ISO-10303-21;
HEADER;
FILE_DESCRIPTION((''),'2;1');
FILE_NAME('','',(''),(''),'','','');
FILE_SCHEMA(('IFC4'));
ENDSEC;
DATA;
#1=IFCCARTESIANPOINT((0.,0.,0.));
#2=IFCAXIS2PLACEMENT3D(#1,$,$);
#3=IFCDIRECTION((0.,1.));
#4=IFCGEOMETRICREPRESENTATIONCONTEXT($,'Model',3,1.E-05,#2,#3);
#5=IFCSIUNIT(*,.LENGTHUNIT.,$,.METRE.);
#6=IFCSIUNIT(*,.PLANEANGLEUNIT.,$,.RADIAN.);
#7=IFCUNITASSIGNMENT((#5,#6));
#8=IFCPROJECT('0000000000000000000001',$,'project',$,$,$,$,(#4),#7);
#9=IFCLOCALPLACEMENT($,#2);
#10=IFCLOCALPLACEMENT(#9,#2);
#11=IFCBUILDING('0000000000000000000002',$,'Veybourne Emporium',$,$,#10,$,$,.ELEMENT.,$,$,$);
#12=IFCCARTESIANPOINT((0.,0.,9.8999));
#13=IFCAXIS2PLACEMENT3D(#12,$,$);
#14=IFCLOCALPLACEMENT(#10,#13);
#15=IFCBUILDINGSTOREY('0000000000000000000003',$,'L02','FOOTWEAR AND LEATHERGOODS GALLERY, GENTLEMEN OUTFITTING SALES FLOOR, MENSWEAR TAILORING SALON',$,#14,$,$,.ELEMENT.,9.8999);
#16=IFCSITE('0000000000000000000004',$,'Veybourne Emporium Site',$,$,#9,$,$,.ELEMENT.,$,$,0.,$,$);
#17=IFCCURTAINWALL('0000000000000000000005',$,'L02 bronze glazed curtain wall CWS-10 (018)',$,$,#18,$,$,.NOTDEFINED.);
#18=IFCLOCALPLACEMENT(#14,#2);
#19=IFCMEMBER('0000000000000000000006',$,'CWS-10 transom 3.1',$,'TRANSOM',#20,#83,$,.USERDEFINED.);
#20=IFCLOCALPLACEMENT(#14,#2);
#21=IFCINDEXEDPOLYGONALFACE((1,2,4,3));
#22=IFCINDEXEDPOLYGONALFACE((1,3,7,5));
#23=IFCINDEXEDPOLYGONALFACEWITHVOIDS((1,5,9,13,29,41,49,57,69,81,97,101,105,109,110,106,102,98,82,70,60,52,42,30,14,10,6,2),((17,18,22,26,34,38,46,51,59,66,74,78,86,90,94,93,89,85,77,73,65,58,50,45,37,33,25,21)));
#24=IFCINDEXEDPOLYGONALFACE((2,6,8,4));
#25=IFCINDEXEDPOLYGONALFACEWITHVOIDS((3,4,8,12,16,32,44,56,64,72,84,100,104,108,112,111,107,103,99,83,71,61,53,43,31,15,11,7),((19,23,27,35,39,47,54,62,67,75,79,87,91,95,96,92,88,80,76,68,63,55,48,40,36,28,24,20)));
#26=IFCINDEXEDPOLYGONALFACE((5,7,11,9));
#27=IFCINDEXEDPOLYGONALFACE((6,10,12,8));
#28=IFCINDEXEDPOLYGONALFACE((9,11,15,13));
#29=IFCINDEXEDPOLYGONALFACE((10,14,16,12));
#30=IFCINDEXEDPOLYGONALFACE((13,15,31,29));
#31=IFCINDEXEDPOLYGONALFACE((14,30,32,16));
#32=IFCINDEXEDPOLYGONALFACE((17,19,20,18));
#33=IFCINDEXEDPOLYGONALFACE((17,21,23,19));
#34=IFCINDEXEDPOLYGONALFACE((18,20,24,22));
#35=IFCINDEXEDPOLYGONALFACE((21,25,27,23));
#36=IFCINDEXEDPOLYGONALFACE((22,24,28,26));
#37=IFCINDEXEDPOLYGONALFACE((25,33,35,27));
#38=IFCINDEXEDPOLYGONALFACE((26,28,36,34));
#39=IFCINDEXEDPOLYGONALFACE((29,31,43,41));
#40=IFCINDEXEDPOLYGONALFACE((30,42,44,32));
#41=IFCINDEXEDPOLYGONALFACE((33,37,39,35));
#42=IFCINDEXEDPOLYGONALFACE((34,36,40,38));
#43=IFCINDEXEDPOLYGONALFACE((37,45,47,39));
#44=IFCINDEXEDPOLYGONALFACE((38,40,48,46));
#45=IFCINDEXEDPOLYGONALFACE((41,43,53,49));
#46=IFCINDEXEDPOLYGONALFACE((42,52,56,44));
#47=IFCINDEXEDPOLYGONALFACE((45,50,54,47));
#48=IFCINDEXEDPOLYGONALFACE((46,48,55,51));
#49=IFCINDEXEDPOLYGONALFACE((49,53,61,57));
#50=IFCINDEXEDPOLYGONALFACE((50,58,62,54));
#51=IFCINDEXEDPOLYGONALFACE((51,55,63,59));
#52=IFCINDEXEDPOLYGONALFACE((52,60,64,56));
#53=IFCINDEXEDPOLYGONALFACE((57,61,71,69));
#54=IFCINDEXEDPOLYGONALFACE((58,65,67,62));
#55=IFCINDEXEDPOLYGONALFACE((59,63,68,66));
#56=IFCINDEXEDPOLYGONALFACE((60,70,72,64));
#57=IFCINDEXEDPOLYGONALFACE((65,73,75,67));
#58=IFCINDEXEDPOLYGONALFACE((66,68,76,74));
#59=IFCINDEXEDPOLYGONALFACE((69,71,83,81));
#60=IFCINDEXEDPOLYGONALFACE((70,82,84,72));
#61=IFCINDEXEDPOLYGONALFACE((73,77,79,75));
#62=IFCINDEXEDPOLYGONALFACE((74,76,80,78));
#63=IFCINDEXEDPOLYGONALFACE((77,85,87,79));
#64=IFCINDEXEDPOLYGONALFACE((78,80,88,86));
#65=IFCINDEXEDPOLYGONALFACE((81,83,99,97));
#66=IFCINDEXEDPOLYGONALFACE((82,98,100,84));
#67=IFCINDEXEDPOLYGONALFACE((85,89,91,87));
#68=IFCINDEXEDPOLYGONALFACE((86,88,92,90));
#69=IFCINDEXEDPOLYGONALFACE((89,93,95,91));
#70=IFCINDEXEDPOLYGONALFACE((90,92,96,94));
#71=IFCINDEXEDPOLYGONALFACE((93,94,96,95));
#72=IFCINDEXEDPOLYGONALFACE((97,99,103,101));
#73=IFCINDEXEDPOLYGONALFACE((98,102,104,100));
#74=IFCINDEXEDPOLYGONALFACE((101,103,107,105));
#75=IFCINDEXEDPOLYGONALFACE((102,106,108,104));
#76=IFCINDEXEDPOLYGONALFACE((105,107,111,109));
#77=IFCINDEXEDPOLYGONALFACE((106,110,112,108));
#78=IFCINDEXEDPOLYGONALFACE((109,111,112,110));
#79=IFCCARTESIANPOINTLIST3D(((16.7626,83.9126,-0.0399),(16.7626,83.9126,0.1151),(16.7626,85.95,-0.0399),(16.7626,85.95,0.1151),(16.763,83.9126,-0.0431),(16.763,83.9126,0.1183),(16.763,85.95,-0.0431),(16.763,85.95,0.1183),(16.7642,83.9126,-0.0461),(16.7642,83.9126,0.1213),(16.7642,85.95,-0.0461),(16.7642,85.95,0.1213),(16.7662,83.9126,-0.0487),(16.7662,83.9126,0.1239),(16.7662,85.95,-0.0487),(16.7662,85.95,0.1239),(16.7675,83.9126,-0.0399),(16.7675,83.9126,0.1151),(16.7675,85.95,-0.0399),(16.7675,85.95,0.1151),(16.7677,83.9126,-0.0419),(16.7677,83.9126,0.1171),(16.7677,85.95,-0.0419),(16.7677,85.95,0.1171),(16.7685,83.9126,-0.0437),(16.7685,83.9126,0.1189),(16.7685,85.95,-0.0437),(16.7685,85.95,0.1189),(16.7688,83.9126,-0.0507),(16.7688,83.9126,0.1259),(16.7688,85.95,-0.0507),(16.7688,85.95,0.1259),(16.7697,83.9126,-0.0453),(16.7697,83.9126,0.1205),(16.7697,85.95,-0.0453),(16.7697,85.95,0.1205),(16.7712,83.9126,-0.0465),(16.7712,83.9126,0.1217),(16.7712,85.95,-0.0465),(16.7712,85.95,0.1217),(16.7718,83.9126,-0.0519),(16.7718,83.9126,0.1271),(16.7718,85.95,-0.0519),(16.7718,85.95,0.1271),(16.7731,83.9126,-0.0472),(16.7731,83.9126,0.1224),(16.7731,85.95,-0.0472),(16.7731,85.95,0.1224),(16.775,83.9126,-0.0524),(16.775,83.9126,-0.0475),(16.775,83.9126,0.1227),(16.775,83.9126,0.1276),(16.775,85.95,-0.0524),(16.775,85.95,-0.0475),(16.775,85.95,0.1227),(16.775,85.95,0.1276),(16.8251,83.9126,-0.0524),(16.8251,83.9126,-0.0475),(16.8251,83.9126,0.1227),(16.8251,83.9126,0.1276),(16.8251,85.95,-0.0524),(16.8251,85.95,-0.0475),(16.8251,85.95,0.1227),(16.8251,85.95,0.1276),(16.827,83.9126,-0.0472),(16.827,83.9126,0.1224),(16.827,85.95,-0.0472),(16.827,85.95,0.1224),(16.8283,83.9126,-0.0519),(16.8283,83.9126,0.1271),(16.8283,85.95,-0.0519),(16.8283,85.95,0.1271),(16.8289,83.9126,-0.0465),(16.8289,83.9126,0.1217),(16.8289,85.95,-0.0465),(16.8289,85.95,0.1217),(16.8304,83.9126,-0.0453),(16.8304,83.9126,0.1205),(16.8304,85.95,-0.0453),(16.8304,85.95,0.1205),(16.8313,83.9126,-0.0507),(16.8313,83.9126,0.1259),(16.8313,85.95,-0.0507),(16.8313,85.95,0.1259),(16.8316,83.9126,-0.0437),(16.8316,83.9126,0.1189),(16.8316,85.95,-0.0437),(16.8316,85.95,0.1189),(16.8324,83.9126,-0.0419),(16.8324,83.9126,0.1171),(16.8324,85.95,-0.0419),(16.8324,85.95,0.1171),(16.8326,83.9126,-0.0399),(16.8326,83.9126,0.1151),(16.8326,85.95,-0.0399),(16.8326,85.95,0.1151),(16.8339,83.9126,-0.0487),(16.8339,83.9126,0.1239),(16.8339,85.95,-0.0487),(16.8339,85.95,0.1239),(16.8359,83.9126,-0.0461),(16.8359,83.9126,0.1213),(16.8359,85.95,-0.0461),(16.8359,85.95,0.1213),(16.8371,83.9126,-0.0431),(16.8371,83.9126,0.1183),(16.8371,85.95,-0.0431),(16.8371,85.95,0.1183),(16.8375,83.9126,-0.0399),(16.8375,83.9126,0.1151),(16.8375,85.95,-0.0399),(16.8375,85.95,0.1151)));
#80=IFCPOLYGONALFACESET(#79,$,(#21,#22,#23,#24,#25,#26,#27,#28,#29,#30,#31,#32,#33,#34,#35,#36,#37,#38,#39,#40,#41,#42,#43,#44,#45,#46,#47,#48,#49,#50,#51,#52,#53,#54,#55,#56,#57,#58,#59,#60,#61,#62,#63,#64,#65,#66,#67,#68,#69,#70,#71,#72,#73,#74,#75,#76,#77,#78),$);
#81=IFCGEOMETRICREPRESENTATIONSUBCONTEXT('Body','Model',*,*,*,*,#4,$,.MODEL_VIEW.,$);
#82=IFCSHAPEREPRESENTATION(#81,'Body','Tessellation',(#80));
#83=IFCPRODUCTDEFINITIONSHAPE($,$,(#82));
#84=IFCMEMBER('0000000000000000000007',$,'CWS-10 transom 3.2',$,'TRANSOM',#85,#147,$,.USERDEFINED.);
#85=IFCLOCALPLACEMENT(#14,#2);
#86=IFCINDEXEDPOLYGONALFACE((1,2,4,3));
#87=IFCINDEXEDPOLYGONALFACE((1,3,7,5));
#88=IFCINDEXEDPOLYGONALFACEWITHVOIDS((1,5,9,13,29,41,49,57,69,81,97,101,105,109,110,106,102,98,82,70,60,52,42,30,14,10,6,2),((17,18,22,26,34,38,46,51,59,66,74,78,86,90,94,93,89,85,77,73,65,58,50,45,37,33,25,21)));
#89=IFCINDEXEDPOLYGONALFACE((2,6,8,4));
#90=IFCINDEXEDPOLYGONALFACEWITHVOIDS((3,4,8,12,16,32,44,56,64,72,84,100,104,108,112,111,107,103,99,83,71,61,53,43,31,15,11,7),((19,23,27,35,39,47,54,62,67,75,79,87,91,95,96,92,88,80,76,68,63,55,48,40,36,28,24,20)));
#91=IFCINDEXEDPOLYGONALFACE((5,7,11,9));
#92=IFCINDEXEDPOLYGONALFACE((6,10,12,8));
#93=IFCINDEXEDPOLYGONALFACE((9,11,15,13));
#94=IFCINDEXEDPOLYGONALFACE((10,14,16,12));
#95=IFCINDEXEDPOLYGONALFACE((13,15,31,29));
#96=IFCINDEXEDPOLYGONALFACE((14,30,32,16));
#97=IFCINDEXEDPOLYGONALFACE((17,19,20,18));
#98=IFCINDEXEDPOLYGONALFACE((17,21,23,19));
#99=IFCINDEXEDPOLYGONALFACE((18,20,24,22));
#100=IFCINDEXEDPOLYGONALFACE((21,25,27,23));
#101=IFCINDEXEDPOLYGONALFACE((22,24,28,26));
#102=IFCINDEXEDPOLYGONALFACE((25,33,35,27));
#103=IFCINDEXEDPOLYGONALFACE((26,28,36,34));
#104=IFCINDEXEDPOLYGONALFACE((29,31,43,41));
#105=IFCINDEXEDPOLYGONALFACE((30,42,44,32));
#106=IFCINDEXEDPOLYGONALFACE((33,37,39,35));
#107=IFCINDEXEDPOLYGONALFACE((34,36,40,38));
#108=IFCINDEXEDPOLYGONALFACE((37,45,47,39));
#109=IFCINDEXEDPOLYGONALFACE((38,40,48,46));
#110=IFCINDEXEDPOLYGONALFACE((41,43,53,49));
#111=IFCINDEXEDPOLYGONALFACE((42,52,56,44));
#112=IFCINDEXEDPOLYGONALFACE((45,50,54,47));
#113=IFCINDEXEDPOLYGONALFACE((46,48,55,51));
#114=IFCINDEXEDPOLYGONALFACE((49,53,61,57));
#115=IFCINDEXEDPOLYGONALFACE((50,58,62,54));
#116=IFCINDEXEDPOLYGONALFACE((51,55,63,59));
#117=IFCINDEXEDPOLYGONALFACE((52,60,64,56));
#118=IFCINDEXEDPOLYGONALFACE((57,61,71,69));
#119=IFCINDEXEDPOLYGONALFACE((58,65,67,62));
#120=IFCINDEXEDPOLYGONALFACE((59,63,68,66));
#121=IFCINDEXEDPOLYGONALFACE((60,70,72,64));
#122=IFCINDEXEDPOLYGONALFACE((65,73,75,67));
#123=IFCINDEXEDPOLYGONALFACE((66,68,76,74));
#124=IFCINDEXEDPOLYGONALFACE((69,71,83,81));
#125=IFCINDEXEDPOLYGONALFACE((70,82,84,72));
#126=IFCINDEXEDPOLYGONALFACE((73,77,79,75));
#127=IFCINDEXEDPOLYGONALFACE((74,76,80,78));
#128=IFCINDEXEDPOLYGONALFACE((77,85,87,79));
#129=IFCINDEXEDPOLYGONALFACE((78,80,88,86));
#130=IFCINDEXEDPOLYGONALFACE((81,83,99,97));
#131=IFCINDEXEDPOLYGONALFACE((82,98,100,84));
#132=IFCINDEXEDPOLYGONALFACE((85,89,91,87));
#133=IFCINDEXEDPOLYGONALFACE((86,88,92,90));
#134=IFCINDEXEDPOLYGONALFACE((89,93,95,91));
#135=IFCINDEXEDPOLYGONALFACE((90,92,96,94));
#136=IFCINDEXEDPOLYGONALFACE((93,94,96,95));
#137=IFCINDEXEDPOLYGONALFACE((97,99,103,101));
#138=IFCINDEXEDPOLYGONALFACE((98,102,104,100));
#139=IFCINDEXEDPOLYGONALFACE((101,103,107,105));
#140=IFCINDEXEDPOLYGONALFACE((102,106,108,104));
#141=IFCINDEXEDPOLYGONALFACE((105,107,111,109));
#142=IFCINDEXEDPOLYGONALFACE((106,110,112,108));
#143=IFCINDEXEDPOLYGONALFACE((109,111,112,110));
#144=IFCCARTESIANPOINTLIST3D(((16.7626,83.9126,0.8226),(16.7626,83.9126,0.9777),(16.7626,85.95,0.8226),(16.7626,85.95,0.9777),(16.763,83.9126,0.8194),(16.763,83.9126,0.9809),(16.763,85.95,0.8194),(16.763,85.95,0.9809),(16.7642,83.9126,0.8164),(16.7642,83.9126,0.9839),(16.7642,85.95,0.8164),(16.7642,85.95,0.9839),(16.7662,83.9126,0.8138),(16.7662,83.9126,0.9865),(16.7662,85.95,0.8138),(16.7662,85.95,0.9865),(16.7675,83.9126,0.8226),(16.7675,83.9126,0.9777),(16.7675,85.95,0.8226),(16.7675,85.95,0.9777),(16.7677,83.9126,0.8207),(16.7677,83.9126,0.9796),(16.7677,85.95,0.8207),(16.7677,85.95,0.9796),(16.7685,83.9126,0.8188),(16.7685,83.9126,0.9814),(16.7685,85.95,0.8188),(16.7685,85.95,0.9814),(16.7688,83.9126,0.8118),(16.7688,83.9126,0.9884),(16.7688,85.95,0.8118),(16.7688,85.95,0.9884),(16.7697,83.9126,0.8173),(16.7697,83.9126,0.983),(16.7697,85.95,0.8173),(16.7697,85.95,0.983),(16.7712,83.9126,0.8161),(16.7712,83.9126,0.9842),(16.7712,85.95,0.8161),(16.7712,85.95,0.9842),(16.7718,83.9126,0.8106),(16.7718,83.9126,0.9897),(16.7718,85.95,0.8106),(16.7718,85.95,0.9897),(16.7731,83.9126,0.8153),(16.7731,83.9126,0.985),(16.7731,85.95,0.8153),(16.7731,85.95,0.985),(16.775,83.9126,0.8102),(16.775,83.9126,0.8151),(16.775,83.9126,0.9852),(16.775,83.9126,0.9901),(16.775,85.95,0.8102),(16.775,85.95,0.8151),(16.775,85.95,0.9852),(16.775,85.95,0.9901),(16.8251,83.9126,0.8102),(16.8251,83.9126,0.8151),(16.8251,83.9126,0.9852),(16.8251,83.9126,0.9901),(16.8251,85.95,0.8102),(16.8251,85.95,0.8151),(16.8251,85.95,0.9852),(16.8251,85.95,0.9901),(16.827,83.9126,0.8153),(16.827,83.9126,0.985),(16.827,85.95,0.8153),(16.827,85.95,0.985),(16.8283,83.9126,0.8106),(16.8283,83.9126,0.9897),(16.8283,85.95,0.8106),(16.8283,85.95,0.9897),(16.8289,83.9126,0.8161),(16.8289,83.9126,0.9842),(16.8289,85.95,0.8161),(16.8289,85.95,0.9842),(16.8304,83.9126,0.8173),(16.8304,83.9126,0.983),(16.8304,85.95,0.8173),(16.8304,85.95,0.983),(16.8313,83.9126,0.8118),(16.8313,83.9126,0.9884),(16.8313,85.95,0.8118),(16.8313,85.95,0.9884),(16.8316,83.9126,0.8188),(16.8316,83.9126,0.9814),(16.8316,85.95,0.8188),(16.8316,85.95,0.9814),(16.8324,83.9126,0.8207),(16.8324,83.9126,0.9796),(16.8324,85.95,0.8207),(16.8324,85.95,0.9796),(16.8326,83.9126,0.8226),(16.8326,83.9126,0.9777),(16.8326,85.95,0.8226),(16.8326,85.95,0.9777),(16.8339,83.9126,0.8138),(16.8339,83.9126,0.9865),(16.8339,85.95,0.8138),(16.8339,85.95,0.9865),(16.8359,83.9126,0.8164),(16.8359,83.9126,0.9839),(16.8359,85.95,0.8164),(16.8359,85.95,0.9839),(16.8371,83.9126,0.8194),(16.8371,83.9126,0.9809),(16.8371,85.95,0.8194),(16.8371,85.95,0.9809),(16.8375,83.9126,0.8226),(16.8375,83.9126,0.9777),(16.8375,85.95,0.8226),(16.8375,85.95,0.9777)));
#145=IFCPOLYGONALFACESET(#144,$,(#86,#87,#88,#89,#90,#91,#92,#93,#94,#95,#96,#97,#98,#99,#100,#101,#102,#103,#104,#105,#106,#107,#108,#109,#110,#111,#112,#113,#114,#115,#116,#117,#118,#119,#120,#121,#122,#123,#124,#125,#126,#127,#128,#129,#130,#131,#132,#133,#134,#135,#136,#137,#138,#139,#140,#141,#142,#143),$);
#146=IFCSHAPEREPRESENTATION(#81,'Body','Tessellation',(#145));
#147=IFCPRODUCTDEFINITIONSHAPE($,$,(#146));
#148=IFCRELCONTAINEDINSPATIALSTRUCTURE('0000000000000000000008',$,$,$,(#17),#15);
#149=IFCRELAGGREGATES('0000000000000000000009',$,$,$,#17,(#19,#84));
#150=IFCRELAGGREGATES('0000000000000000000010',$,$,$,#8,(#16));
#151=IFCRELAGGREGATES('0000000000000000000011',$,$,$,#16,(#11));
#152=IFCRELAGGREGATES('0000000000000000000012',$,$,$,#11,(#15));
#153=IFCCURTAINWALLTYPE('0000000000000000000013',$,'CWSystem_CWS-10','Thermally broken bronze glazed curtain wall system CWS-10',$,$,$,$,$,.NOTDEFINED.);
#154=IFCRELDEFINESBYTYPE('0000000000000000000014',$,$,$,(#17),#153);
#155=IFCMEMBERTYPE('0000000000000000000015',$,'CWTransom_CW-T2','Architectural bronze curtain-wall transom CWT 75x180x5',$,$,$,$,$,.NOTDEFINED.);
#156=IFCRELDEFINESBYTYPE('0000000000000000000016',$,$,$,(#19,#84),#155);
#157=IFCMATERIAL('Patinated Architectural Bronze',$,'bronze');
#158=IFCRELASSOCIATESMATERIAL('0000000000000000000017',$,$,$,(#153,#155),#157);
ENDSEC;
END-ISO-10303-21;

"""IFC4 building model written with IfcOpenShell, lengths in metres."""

from ifc_helpers import new_model, si_unit, direction, frame, origin, origin_2d, place, context, subcontext, project, spatial, hollow_rectangle, extrude, material, material_profile, profile_set, type_object, element, aggregate, save


model = new_model("IFC4")

# Units and contexts
model_context = context("Model", 3, precision=1e-05, world=origin(), true_north=direction((0.0, 1.0)))
body_context = subcontext(model_context, "Body", "Model", "MODEL_VIEW")
ifc_project = project(units=[si_unit("LENGTHUNIT", "METRE"), si_unit("PLANEANGLEUNIT", "RADIAN")], contexts=[model_context])

# Site, building, storey
site_placement = place(None, origin())
site = spatial("IfcSite", under=ifc_project, at=site_placement, Name="Veybourne Emporium Site", CompositionType="ELEMENT", RefElevation=0.0)
building_placement = place(site_placement, origin())
building = spatial("IfcBuilding", under=site, at=building_placement, Name="Veybourne Emporium", CompositionType="ELEMENT")
storey_placement = place(building_placement, frame((0.0, 0.0, 9.8999)))
storey = spatial("IfcBuildingStorey", under=building, at=storey_placement, Name="L02", Description="FOOTWEAR AND LEATHERGOODS GALLERY, GENTLEMEN OUTFITTING SALES FLOOR, MENSWEAR TAILORING SALON", CompositionType="ELEMENT", Elevation=9.8999)

# Curtain wall, members
ifc_material_1 = material(Name="Patinated Architectural Bronze", Category="bronze")
curtain_wall_type = type_object("IfcCurtainWallType", Name="CWSystem_CWS-10", Description="Thermally broken bronze glazed curtain wall system CWS-10", PredefinedType="NOTDEFINED", material=ifc_material_1)
curtain_wall_placement = place(storey_placement, origin())
curtain_wall = element("IfcCurtainWall", 1, at=curtain_wall_placement, inside=storey, type_object=curtain_wall_type, Name="L02 bronze glazed curtain wall CWS-10 (018)", PredefinedType="NOTDEFINED")
ifc_material_profile_1 = material_profile(ifc_material_1, hollow_rectangle(XDim=0.075, YDim=0.1799, WallThickness=0.0049, InnerFilletRadius=0.0076, OuterFilletRadius=0.0125, at=origin_2d()), Name="CWT 75x180x5")
ifc_profile_set_1 = profile_set([ifc_material_profile_1], Name="Patinated Architectural Bronze")
member_type_1 = type_object("IfcMemberType", Name="CWTransom_CW-T2", Description="Architectural bronze curtain-wall transom CWT 75x180x5", PredefinedType="NOTDEFINED", material=ifc_profile_set_1)
member_1_placement = place(storey_placement, frame((16.8, 83.9126, 0.0376), z_axis=(0.0, 1.0, 0.0), x_axis=(-1.0, 0.0, 0.0)))
member_1 = element("IfcMember", 2, at=member_1_placement, type_object=member_type_1, Name="CWS-10 transom 3.1", ObjectType="TRANSOM", PredefinedType="USERDEFINED", context=body_context, shape_type="SweptSolid", body=[
    extrude(hollow_rectangle(XDim=0.075, YDim=0.1799, WallThickness=0.0049, InnerFilletRadius=0.0076, OuterFilletRadius=0.0125, at=origin_2d()), origin(), (0.0, 0.0, 1.0), 2.0374),
])
member_2_placement = place(storey_placement, frame((16.8, 83.9126, 0.9001), z_axis=(0.0, 1.0, 0.0), x_axis=(-1.0, 0.0, 0.0)))
member_2 = element("IfcMember", 3, at=member_2_placement, type_object=member_type_1, Name="CWS-10 transom 3.2", ObjectType="TRANSOM", PredefinedType="USERDEFINED", context=body_context, shape_type="SweptSolid", body=[
    extrude(hollow_rectangle(XDim=0.075, YDim=0.1799, WallThickness=0.0049, InnerFilletRadius=0.0076, OuterFilletRadius=0.0125, at=origin_2d()), origin(), (0.0, 0.0, 1.0), 2.0374),
])

aggregate(curtain_wall, [member_1, member_2])

save(model, "model.ifc")
